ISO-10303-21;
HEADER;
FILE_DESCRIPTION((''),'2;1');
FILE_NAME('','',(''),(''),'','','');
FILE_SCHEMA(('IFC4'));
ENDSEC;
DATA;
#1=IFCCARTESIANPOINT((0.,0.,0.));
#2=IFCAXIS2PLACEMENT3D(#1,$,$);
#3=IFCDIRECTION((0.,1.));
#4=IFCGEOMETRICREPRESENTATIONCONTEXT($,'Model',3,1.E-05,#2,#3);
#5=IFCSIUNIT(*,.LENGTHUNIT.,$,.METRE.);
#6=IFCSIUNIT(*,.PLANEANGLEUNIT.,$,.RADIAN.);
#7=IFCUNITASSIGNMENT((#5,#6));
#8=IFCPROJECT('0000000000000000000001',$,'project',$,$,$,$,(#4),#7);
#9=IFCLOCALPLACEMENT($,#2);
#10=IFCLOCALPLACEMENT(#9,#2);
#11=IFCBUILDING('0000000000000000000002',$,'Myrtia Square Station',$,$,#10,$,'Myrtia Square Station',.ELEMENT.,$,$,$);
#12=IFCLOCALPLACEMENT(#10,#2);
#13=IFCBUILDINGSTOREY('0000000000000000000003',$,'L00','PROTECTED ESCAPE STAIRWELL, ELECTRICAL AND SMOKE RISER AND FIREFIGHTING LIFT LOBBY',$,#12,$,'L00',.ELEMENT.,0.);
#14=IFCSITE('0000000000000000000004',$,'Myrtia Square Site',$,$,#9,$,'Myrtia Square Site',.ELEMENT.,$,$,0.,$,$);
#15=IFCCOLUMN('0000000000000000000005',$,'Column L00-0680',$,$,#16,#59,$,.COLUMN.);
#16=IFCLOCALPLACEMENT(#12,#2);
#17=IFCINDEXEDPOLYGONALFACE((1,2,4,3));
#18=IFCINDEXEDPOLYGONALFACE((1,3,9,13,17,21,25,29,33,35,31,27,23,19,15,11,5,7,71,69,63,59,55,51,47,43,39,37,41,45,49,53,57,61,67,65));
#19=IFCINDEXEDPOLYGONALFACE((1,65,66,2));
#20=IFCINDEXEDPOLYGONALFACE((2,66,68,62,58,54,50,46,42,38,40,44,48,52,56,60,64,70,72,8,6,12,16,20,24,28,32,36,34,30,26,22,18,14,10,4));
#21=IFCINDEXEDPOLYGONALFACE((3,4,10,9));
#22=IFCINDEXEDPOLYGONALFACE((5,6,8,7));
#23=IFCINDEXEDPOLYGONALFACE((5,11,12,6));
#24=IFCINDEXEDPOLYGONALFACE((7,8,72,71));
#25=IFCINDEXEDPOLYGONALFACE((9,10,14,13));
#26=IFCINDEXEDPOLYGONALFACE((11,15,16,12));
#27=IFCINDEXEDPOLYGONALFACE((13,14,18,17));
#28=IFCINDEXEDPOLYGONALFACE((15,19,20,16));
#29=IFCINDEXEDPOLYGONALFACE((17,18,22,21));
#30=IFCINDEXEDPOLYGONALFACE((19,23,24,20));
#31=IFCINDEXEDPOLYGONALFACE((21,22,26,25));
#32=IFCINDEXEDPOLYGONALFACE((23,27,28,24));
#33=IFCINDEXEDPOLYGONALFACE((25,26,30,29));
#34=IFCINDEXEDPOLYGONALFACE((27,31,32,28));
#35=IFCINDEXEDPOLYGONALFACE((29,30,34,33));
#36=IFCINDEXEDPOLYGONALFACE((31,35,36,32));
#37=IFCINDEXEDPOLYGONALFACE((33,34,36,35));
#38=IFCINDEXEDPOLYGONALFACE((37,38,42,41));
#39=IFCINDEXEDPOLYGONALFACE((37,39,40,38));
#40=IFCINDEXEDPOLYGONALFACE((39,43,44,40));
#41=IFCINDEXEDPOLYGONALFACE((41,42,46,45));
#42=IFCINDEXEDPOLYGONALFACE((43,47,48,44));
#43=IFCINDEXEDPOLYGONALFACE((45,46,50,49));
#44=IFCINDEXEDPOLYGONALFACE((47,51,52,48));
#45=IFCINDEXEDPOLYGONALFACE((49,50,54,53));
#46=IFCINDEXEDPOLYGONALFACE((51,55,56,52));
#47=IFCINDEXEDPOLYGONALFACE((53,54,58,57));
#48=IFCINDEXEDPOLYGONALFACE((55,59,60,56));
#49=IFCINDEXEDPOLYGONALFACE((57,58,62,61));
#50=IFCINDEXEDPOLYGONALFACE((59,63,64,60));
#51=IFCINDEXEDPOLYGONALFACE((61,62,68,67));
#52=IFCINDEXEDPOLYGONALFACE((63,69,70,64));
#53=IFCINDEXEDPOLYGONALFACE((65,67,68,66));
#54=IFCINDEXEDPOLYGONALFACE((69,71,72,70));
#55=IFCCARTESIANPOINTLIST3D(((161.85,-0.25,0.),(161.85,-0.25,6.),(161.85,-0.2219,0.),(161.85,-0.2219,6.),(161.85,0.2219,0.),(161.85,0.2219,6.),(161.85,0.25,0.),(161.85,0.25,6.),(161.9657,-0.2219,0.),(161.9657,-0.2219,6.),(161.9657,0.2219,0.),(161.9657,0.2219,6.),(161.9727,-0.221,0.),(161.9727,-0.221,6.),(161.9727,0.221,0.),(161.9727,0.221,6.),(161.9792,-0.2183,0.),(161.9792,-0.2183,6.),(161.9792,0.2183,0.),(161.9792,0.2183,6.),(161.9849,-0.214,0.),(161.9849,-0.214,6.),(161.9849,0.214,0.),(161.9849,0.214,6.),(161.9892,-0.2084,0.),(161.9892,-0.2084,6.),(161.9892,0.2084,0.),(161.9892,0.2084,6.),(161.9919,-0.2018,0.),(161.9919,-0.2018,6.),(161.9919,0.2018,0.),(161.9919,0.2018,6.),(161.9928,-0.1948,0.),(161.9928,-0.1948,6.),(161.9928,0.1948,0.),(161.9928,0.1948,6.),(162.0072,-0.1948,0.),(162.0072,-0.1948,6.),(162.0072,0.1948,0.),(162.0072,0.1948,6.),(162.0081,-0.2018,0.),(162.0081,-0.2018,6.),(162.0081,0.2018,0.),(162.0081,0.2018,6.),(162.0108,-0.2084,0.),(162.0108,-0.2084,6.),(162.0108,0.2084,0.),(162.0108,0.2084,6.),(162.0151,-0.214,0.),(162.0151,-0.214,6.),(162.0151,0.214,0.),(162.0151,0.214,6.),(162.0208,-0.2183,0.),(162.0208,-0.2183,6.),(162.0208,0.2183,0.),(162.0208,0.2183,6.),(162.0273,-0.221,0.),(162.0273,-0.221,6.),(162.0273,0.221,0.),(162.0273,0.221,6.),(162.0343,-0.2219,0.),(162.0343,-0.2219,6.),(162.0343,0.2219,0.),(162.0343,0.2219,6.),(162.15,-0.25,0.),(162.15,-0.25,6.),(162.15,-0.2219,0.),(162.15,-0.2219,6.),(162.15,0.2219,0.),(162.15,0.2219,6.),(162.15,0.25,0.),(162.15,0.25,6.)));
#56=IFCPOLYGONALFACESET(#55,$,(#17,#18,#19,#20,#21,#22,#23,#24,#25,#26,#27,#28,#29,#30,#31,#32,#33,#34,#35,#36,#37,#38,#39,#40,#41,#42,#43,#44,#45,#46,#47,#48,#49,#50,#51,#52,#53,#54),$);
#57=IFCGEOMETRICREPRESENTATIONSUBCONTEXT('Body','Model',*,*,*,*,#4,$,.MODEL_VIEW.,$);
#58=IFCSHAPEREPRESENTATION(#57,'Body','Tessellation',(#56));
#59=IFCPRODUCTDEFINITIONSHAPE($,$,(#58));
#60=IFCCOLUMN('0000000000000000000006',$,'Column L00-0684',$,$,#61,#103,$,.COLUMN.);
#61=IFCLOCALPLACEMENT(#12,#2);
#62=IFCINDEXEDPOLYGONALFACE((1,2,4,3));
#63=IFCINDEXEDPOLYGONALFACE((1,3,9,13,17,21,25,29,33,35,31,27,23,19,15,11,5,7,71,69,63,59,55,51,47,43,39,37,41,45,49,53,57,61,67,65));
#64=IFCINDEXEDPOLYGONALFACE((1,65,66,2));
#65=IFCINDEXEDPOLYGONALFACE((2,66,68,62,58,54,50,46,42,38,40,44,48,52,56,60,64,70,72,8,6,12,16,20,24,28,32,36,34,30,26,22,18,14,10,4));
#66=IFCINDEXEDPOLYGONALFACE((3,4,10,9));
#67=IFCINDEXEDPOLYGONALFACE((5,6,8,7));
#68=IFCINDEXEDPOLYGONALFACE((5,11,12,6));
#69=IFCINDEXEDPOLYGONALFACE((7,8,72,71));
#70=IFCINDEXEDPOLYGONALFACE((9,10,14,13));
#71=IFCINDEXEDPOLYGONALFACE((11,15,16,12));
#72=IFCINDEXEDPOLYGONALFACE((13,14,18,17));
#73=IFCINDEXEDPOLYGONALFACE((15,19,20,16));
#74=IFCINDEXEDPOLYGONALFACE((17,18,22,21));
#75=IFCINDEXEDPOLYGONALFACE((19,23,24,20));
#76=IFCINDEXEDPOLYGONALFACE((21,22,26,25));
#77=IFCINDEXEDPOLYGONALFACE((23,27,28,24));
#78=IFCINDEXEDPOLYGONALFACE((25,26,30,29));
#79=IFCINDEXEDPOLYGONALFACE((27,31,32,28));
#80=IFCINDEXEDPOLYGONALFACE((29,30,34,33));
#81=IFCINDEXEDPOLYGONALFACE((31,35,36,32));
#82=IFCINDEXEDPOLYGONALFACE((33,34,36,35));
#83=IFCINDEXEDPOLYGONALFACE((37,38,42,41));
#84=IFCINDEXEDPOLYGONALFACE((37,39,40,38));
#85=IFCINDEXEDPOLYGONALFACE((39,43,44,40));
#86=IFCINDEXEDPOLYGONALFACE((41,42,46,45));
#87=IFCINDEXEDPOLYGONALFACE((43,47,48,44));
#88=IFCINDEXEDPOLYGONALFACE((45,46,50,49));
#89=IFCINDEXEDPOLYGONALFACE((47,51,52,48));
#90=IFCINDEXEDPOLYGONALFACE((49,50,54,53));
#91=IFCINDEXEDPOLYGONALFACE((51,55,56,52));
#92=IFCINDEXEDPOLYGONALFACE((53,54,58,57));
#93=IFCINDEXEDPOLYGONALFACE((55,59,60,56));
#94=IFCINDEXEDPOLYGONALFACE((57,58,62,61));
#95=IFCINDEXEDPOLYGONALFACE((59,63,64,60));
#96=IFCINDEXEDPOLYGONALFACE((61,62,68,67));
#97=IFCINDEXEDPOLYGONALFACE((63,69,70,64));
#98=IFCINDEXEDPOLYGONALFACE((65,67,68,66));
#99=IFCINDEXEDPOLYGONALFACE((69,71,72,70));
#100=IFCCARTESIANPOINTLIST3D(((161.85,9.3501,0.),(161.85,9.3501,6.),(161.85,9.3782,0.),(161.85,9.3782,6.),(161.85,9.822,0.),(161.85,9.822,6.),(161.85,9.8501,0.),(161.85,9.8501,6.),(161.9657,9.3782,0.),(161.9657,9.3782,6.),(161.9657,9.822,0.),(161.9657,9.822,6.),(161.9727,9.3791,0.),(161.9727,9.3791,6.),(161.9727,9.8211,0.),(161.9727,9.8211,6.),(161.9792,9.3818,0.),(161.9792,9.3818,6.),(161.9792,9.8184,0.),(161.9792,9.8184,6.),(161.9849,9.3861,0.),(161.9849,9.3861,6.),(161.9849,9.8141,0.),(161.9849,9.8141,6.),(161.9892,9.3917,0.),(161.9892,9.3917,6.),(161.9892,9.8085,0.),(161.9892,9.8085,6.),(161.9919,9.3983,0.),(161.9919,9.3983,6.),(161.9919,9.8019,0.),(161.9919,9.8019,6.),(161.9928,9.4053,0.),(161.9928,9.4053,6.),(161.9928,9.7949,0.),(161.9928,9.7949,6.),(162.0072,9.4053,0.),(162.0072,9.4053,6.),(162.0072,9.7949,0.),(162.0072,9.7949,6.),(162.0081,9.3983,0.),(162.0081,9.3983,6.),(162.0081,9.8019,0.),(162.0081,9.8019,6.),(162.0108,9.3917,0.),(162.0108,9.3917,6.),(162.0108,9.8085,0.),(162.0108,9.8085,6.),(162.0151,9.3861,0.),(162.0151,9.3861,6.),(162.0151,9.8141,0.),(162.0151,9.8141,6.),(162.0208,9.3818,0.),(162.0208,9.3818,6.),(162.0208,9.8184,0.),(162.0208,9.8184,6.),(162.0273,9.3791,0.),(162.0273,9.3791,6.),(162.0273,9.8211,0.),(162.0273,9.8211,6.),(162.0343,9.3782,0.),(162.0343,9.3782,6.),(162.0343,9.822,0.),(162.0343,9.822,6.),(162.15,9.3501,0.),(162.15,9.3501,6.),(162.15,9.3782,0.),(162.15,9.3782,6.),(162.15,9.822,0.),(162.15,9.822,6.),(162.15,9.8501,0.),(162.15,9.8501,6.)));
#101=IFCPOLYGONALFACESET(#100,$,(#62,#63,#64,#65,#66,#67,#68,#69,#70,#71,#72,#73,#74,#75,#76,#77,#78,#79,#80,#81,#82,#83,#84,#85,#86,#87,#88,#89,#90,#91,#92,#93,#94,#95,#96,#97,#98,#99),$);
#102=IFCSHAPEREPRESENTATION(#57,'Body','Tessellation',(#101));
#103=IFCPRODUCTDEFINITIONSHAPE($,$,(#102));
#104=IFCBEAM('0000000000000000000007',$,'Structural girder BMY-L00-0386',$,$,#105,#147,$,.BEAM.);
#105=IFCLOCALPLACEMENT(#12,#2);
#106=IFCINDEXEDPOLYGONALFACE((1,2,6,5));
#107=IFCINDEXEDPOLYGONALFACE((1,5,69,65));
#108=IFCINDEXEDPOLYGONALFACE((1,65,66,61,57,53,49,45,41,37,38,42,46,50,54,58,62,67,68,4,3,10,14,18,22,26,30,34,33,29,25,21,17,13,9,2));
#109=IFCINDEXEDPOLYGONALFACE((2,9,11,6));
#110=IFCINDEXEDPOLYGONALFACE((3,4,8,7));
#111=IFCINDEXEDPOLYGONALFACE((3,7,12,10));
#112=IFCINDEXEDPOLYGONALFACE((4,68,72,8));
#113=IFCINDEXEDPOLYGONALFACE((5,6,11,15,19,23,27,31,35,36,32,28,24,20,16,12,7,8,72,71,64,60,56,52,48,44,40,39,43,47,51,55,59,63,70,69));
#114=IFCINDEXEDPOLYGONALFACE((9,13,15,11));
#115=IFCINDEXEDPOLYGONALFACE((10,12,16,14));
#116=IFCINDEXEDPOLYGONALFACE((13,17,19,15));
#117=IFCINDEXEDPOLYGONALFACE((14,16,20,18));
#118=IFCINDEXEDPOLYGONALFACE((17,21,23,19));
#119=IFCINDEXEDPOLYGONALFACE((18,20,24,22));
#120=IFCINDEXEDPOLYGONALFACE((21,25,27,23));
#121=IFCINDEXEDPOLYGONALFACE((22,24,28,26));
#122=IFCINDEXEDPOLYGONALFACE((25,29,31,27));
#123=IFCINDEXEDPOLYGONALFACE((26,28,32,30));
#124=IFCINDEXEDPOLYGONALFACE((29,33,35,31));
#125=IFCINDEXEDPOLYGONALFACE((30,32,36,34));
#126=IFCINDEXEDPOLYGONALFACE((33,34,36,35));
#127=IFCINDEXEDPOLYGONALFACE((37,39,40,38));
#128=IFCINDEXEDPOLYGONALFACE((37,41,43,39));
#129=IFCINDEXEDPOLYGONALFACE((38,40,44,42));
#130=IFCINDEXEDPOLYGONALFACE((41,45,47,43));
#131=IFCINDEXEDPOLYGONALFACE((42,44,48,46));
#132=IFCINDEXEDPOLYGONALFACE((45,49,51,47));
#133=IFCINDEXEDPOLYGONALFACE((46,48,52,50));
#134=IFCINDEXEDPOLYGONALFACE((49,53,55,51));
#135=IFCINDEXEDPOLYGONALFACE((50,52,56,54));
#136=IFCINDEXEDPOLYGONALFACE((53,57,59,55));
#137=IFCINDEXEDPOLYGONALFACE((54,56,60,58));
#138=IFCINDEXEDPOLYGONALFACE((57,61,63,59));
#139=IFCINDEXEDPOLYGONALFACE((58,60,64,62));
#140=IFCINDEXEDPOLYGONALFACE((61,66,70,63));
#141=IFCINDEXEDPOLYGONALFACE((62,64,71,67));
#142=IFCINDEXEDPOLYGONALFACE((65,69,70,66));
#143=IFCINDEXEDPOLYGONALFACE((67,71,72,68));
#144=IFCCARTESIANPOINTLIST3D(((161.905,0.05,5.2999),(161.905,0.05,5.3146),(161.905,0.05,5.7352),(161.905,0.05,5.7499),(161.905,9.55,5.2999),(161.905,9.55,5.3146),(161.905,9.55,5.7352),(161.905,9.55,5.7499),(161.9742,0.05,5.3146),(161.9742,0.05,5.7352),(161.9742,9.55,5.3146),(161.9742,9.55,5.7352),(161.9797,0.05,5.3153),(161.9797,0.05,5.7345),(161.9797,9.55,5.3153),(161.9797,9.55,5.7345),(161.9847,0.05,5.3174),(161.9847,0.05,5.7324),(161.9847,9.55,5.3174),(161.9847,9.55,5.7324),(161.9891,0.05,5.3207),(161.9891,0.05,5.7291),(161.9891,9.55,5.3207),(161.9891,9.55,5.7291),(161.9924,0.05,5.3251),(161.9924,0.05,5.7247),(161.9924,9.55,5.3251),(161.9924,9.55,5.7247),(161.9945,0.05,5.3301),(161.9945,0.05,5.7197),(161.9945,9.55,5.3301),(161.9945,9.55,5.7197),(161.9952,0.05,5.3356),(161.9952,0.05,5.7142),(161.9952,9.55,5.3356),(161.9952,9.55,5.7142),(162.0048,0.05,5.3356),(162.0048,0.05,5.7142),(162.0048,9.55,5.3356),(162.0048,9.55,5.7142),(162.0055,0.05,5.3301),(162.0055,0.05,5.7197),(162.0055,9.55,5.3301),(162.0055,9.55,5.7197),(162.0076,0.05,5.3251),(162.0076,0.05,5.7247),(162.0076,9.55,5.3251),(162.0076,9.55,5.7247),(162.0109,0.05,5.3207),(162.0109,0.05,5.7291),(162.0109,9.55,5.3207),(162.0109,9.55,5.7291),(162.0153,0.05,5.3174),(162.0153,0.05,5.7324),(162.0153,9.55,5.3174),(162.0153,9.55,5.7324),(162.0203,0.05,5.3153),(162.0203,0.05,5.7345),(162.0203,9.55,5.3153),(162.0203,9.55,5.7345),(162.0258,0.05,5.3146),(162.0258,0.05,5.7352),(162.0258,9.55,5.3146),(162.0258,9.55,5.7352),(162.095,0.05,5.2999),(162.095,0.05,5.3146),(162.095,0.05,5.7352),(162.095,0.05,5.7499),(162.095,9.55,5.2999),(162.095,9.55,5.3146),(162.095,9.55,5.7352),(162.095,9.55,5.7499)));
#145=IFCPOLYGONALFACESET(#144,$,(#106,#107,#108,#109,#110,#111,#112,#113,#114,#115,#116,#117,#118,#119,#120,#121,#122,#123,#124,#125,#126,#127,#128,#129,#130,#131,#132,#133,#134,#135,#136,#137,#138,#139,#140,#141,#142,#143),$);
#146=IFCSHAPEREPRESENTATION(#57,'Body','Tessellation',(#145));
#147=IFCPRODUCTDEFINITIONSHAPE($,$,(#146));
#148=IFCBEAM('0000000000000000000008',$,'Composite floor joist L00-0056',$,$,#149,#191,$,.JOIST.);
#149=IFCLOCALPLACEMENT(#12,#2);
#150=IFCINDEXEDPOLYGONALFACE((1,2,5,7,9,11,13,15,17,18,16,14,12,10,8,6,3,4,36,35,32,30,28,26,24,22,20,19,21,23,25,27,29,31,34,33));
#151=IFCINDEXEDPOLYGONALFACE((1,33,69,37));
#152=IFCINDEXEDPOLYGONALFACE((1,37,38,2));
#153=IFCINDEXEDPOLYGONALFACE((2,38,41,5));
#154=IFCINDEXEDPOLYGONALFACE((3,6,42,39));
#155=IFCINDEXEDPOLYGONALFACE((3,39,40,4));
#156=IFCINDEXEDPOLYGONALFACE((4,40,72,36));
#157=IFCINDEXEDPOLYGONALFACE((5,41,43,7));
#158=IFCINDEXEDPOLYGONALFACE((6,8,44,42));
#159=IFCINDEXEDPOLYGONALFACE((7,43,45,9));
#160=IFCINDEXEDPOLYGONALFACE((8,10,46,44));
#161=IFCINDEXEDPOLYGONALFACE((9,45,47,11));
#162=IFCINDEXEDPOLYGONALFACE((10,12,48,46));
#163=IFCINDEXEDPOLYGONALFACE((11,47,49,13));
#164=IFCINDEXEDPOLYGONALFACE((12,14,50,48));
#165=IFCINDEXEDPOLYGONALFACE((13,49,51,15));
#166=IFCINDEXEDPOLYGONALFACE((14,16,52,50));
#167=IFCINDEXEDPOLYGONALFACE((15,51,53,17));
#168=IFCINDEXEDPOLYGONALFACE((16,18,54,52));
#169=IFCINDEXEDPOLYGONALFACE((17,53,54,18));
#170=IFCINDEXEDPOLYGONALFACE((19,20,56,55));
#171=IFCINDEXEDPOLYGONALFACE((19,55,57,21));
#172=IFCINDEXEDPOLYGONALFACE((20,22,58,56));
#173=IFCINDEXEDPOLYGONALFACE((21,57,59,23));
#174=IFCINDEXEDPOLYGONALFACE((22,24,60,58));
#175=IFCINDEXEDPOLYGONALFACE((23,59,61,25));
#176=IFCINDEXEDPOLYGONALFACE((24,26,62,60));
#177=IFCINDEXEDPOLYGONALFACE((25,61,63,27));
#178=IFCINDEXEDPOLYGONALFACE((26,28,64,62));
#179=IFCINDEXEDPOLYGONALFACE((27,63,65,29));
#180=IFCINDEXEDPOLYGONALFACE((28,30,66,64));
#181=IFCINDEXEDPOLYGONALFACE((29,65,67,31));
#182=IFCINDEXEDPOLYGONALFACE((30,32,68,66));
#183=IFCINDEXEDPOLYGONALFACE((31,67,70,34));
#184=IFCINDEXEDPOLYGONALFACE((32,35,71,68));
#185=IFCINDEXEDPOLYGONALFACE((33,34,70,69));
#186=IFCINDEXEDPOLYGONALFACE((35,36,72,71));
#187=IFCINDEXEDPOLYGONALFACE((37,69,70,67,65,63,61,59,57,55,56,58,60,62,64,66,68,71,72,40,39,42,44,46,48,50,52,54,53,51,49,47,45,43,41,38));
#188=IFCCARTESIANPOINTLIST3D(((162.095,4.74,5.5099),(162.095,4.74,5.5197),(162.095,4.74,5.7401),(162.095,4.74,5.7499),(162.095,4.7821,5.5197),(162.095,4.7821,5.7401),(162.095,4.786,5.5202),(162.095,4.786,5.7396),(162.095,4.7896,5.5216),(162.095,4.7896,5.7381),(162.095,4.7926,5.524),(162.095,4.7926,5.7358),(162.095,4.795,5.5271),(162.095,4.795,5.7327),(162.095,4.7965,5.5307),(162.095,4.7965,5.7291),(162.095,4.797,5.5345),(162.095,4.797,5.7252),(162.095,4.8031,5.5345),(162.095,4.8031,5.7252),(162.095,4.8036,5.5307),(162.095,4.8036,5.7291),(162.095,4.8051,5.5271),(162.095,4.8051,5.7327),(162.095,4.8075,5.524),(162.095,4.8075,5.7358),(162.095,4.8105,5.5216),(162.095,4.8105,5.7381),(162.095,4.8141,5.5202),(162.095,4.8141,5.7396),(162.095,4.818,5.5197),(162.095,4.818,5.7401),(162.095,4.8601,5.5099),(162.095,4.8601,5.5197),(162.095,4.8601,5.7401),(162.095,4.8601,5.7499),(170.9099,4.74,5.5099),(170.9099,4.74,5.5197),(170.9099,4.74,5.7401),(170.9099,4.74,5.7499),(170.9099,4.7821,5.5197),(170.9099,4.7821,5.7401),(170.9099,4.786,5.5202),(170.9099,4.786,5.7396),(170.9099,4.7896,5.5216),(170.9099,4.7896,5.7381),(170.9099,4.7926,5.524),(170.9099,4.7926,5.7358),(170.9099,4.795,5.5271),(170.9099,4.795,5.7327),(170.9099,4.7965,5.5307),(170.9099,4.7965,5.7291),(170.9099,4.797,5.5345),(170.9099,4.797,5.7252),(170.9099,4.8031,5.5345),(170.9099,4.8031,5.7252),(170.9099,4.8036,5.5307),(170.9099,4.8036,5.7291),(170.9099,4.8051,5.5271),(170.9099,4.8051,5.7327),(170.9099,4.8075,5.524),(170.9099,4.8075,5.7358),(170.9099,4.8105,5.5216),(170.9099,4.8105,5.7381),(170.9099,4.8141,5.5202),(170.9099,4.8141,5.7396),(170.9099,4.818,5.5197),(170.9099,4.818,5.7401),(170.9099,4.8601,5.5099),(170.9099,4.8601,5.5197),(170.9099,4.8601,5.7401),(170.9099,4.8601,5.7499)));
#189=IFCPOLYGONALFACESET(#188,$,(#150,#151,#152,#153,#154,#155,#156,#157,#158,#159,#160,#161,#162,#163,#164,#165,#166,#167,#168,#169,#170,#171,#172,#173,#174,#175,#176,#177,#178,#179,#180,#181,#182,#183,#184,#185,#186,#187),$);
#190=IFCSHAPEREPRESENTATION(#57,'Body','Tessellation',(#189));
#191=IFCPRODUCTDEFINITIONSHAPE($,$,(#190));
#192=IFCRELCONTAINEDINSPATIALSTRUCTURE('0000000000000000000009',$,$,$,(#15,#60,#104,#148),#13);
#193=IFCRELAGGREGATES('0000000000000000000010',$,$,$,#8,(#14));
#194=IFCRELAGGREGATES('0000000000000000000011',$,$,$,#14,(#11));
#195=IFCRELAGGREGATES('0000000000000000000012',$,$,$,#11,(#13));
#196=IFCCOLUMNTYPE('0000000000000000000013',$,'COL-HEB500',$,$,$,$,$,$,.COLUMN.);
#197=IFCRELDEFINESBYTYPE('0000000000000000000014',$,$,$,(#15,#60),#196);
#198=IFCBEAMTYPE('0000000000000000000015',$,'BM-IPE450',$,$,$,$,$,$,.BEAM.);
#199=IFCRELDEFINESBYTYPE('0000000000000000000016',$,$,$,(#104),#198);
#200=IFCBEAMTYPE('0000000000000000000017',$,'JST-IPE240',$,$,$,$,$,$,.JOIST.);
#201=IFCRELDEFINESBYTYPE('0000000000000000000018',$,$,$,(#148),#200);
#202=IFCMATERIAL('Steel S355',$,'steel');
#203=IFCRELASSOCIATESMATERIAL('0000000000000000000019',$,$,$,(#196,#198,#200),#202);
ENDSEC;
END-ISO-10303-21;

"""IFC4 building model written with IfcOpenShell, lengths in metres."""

from ifc_helpers import new_model, si_unit, direction, frame, origin, origin_2d, place, context, subcontext, project, spatial, i_section, extrude, material, material_profile, profile_set, type_object, element, save


model = new_model("IFC4")

# Units and contexts
model_context = context("Model", 3, precision=1e-05, world=origin(), true_north=direction((0.0, 1.0)))
body_context = subcontext(model_context, "Body", "Model", "MODEL_VIEW")
ifc_project = project(units=[si_unit("LENGTHUNIT", "METRE"), si_unit("PLANEANGLEUNIT", "RADIAN")], contexts=[model_context])

# Site, building, storey
site_placement = place(None, origin())
site = spatial("IfcSite", under=ifc_project, at=site_placement, Name="Myrtia Square Site", LongName="Myrtia Square Site", CompositionType="ELEMENT", RefElevation=0.0)
building_placement = place(site_placement, origin())
building = spatial("IfcBuilding", under=site, at=building_placement, Name="Myrtia Square Station", LongName="Myrtia Square Station", CompositionType="ELEMENT")
storey_placement = place(building_placement, origin())
storey = spatial("IfcBuildingStorey", under=building, at=storey_placement, Name="L00", Description="PROTECTED ESCAPE STAIRWELL, ELECTRICAL AND SMOKE RISER AND FIREFIGHTING LIFT LOBBY", LongName="L00", CompositionType="ELEMENT", Elevation=0.0)

# Columns
ifc_material_1 = material(Name="Steel S355", Category="steel")
ifc_material_profile_1 = material_profile(ifc_material_1, i_section(OverallWidth=0.3, OverallDepth=0.5, WebThickness=0.0144, FlangeThickness=0.0281, FilletRadius=0.0271, at=origin_2d()), Name="HEB 500")
ifc_profile_set_1 = profile_set([ifc_material_profile_1], Name="Steel S355")
column_type = type_object("IfcColumnType", Name="COL-HEB500", PredefinedType="COLUMN", material=ifc_profile_set_1)
for number, where, z_axis, x_axis, name in (
    (1, (162.0, 0.0, 0.0), (0.0, 0.0, 1.0), (1.0, 0.0, 0.0), "Column L00-0680"),
    (2, (162.0, 9.6001, 0.0), (0.0, 0.0, 1.0), (1.0, 0.0, 0.0), "Column L00-0684"),
):
    element("IfcColumn", number, at=place(storey_placement, frame(where, z_axis=z_axis, x_axis=x_axis)), inside=storey, type_object=column_type, Name=name, PredefinedType="COLUMN", context=body_context, shape_type="SweptSolid", body=[
        extrude(i_section(OverallWidth=0.3, OverallDepth=0.5, WebThickness=0.0144, FlangeThickness=0.0281, FilletRadius=0.0271, at=origin_2d()), origin(), (0.0, 0.0, 1.0), 6.0),
    ])

# Beams
ifc_material_profile_2 = material_profile(ifc_material_1, i_section(OverallWidth=0.1899, OverallDepth=0.45, WebThickness=0.0095, FlangeThickness=0.0146, FilletRadius=0.021, at=origin_2d()), Name="IPE 450")
ifc_profile_set_2 = profile_set([ifc_material_profile_2], Name="Steel S355")
beam_type_1 = type_object("IfcBeamType", Name="BM-IPE450", PredefinedType="BEAM", material=ifc_profile_set_2)
beam_1_placement = place(storey_placement, frame((162.0, 0.05, 5.5249), z_axis=(0.0, 1.0, 0.0), x_axis=(-1.0, 0.0, 0.0)))
element("IfcBeam", 3, at=beam_1_placement, inside=storey, type_object=beam_type_1, Name="Structural girder BMY-L00-0386", PredefinedType="BEAM", context=body_context, shape_type="SweptSolid", body=[
    extrude(i_section(OverallWidth=0.1899, OverallDepth=0.45, WebThickness=0.0095, FlangeThickness=0.0146, FilletRadius=0.021, at=origin_2d()), origin(), (0.0, 0.0, 1.0), 9.5),
])
ifc_material_profile_3 = material_profile(ifc_material_1, i_section(OverallWidth=0.1201, OverallDepth=0.24, WebThickness=0.0061, FlangeThickness=0.0098, FilletRadius=0.0149, at=origin_2d()), Name="IPE 240")
ifc_profile_set_3 = profile_set([ifc_material_profile_3], Name="Steel S355")
beam_type_2 = type_object("IfcBeamType", Name="JST-IPE240", PredefinedType="JOIST", material=ifc_profile_set_3)
beam_2_placement = place(storey_placement, frame((162.095, 4.8, 5.6299), z_axis=(1.0, 0.0, 0.0), x_axis=(0.0, 1.0, 0.0)))
element("IfcBeam", 4, at=beam_2_placement, inside=storey, type_object=beam_type_2, Name="Composite floor joist L00-0056", PredefinedType="JOIST", context=body_context, shape_type="SweptSolid", body=[
    extrude(i_section(OverallWidth=0.1201, OverallDepth=0.24, WebThickness=0.0061, FlangeThickness=0.0098, FilletRadius=0.0149, at=origin_2d()), origin(), (0.0, 0.0, 1.0), 8.8149),
])

save(model, "model.ifc")
